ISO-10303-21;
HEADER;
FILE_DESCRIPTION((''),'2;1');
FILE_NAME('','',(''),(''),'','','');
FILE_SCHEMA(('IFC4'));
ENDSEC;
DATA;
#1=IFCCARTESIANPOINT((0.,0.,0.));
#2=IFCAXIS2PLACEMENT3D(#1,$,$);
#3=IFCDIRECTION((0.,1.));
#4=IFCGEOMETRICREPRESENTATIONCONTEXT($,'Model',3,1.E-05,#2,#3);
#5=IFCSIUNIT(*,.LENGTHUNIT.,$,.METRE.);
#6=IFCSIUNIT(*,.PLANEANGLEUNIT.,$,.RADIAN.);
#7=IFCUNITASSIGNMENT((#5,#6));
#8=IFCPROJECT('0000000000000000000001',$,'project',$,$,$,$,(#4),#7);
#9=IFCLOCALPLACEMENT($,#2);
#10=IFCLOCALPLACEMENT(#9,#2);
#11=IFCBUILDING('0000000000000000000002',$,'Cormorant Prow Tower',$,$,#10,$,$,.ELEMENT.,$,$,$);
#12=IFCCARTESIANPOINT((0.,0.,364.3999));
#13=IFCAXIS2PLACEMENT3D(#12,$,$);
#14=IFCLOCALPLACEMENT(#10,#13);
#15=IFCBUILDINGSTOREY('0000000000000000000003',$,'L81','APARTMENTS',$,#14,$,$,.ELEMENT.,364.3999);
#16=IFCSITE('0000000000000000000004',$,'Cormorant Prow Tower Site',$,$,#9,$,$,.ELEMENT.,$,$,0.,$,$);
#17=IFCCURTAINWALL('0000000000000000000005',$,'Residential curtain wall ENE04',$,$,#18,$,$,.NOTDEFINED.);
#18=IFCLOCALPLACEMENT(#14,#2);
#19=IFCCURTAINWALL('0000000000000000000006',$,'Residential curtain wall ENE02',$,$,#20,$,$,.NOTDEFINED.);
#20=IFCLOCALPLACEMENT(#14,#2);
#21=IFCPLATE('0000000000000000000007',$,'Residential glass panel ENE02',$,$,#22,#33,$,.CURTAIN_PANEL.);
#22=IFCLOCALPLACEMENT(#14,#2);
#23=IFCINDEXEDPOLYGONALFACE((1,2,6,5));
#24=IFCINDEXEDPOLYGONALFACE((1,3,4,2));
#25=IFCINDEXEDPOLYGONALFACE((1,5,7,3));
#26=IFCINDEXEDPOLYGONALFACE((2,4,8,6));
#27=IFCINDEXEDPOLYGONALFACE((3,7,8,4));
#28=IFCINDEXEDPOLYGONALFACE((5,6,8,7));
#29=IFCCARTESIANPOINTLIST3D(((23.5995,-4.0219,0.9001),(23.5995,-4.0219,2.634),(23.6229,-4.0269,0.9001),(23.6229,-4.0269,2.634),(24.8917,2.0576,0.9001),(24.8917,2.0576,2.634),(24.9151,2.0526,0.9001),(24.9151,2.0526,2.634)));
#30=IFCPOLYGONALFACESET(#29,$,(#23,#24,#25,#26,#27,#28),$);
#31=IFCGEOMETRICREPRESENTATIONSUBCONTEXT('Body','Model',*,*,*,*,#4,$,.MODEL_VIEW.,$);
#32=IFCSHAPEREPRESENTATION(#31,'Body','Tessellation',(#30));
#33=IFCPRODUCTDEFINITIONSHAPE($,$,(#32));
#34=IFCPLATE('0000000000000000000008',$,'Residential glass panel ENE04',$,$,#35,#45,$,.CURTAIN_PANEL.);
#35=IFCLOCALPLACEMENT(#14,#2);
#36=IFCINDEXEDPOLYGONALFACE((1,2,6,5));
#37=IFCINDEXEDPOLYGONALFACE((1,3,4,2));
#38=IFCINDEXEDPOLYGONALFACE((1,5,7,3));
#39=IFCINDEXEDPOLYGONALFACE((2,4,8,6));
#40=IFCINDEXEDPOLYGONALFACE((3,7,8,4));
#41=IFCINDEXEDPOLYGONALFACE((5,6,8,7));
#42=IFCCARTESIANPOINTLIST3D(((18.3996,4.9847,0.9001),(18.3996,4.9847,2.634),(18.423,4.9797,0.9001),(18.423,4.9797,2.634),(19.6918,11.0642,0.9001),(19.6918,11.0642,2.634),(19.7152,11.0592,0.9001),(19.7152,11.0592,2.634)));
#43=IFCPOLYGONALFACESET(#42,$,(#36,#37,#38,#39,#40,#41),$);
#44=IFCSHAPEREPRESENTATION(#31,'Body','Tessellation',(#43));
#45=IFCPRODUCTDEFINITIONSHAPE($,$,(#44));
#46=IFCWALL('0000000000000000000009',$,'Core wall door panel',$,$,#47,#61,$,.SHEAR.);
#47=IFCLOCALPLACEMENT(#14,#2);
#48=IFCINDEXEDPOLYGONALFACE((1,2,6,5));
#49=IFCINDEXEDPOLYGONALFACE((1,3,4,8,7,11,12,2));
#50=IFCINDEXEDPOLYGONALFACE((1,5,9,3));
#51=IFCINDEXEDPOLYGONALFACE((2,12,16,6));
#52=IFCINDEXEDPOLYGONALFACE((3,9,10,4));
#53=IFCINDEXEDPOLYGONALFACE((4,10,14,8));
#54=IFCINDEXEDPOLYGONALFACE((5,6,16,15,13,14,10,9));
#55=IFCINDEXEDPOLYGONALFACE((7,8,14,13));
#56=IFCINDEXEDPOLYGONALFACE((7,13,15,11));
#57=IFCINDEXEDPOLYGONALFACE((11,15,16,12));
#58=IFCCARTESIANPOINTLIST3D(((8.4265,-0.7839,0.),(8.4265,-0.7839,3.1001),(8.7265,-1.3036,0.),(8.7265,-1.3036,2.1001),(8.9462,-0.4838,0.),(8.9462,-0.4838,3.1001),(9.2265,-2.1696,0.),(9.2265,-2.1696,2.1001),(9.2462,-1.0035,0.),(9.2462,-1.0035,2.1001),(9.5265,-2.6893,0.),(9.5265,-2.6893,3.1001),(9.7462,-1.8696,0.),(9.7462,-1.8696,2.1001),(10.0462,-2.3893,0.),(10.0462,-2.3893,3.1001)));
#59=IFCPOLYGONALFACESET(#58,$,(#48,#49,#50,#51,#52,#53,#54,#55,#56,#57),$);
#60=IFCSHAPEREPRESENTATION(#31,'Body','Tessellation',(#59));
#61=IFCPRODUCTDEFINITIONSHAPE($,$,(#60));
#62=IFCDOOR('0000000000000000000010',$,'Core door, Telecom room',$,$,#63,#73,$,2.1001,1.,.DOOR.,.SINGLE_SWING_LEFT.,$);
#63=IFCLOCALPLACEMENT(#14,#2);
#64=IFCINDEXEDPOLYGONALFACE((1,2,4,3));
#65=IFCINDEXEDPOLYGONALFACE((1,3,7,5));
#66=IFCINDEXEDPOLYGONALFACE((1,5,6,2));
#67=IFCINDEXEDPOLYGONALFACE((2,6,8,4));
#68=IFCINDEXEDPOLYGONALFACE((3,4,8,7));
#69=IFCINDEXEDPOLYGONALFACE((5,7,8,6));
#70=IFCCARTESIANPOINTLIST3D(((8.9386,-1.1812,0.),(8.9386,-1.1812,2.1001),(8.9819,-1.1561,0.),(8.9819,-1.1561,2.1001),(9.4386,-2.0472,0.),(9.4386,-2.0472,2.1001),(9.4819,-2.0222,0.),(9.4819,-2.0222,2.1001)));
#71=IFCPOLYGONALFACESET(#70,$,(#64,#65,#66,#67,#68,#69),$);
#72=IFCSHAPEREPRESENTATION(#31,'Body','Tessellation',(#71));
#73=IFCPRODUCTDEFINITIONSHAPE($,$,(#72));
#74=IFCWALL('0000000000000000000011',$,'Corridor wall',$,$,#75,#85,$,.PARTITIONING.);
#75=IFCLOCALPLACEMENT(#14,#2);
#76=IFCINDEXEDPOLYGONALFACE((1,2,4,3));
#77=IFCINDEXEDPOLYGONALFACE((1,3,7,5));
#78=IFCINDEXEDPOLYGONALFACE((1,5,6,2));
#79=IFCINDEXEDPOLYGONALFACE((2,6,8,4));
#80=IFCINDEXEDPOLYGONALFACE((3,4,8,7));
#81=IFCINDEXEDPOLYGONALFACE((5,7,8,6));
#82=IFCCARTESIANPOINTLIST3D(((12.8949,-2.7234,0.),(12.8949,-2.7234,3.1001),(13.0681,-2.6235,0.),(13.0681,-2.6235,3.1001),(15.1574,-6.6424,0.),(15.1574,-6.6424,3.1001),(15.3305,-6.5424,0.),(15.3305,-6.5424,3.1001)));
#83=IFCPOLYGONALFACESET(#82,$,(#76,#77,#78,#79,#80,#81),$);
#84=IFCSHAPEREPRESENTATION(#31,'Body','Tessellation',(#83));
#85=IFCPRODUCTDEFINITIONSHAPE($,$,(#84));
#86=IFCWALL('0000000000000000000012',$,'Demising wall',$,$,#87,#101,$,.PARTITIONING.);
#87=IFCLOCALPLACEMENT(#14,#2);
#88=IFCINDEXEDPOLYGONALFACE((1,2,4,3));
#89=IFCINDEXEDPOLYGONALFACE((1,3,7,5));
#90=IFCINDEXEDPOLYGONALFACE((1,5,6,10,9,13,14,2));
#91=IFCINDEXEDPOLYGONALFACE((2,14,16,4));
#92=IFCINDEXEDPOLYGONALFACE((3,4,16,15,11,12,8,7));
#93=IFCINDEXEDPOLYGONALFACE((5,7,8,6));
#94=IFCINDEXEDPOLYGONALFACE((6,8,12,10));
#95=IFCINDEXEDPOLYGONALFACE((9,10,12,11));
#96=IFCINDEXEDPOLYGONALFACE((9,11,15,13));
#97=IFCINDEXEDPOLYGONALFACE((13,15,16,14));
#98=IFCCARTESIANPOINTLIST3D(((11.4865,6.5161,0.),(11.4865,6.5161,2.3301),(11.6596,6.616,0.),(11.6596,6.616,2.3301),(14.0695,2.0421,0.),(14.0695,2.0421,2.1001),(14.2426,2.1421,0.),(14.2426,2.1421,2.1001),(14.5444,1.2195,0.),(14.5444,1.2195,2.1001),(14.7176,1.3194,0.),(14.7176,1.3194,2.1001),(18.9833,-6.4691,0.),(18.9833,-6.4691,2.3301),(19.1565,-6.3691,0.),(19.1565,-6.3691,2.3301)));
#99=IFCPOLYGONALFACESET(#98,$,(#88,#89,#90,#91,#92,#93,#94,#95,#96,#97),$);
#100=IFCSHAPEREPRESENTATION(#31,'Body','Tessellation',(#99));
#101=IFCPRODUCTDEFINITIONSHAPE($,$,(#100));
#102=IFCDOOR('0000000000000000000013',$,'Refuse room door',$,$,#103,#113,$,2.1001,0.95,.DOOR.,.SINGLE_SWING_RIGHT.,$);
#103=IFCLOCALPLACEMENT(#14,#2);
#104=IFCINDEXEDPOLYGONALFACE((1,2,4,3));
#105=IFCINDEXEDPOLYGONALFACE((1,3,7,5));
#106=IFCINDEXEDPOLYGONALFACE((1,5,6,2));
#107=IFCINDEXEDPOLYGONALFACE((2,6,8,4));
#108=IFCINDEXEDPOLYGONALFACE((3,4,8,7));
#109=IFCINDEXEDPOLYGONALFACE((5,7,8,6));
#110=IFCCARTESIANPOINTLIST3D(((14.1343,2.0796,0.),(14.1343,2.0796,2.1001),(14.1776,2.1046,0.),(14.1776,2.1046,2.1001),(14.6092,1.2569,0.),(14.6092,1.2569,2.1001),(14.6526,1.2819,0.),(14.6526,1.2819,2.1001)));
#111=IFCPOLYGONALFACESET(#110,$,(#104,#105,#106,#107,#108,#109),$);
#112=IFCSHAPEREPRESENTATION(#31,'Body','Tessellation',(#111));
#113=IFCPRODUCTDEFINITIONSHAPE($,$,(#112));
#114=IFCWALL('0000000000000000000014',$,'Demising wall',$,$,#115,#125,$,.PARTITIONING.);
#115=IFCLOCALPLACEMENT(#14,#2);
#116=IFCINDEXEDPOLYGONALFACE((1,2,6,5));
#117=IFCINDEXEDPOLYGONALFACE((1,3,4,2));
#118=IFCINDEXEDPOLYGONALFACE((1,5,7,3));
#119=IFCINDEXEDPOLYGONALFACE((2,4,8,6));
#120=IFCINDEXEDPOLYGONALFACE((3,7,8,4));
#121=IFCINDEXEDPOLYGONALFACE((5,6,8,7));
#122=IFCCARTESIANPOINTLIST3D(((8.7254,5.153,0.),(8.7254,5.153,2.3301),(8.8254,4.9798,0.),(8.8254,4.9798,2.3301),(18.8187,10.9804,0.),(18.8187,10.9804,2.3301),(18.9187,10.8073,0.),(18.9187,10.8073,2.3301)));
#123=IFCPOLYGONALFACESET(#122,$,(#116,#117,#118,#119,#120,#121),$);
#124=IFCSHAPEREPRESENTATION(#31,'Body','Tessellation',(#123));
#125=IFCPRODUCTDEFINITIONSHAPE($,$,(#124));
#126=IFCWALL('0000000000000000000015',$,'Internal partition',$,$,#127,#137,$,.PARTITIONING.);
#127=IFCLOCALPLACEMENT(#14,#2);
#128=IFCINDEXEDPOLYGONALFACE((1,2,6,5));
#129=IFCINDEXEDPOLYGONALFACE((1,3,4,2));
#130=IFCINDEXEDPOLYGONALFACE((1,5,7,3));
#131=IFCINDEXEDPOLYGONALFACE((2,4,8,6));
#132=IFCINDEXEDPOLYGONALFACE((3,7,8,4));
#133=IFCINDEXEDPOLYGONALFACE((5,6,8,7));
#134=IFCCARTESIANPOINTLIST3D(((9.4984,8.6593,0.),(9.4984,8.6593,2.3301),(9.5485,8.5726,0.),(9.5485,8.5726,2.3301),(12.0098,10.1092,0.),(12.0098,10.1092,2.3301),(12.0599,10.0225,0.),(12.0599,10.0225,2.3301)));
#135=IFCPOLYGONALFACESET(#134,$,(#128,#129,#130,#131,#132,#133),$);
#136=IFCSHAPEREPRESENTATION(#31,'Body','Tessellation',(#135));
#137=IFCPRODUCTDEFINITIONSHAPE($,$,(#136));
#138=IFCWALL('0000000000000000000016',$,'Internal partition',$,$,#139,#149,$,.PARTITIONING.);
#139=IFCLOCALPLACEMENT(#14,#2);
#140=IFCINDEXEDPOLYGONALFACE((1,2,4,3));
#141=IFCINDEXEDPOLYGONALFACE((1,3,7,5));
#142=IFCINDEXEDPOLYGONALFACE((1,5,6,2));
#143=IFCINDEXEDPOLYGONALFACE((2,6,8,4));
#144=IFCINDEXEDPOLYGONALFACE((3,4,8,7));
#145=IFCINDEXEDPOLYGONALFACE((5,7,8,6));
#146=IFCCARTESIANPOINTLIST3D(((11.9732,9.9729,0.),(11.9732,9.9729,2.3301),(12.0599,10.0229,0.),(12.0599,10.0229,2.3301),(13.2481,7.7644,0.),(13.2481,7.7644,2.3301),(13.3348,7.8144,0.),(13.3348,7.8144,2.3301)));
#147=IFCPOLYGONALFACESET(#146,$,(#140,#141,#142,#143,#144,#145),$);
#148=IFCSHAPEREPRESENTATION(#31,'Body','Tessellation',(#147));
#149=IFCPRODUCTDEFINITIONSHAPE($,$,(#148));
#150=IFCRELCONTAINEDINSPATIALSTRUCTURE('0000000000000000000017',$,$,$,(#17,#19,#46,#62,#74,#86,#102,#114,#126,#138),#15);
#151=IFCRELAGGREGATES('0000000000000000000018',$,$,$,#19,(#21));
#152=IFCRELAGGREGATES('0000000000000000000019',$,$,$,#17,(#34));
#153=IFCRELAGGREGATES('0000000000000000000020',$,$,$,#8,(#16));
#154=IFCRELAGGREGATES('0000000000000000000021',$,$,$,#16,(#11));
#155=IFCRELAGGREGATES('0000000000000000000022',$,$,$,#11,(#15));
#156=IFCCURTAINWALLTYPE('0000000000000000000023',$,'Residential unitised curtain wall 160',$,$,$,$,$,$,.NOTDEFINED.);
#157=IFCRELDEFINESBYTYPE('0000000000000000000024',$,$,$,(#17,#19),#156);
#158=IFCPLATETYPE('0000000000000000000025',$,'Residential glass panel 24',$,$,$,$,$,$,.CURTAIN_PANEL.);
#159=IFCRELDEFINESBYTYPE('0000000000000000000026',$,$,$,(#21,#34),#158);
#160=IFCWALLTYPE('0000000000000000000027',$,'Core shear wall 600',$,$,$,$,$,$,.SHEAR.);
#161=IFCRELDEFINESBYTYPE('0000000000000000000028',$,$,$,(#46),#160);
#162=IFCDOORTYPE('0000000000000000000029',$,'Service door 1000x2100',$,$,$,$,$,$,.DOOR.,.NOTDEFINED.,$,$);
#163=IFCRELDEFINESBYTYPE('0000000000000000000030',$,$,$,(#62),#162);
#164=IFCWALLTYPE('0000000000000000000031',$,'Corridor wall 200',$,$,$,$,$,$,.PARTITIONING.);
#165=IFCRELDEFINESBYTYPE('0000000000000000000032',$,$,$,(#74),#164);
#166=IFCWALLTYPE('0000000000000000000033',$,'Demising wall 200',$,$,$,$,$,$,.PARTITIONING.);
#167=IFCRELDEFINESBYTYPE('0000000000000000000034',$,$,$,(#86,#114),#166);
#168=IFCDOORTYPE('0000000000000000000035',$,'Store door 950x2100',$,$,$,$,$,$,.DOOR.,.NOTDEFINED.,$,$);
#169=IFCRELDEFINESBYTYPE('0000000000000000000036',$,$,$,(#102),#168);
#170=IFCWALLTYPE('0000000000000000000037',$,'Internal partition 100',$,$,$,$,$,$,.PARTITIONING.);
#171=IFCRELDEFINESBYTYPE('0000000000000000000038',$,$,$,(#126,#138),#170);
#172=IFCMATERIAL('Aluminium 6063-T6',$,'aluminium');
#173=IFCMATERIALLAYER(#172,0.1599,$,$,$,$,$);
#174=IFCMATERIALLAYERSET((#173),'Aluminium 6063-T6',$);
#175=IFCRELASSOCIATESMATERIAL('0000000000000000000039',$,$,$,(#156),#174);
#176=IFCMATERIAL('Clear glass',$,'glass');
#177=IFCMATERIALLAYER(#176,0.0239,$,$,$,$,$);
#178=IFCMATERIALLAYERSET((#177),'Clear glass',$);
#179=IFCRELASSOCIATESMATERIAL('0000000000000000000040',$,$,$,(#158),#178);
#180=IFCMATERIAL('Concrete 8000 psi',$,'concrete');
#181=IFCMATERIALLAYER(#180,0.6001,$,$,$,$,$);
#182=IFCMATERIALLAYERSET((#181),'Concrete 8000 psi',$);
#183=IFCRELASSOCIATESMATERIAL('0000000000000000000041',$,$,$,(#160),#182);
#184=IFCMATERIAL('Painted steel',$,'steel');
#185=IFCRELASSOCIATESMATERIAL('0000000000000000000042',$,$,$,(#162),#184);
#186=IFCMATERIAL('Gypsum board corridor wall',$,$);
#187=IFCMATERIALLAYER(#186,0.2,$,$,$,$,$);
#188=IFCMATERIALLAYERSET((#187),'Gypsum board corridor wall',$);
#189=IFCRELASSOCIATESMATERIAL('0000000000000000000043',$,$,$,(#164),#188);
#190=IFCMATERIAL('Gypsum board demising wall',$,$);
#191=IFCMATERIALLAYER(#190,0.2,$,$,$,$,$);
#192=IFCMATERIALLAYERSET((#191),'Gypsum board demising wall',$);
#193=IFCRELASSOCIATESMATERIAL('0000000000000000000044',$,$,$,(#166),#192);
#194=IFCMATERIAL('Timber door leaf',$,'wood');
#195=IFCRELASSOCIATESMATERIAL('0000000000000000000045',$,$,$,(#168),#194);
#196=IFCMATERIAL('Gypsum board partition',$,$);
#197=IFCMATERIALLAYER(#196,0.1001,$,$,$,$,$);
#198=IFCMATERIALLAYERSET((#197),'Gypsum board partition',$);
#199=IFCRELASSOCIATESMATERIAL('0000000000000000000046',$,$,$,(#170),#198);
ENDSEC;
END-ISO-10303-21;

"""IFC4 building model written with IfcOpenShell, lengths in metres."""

from ifc_helpers import new_model, si_unit, direction, frame, frame_2d, origin, origin_2d, place, context, subcontext, project, spatial, rectangle, extrude, material, layer, layer_set, type_object, element, fill, aggregate, save


model = new_model("IFC4")

# Units and contexts
model_context = context("Model", 3, precision=1e-05, world=origin(), true_north=direction((0.0, 1.0)))
body_context = subcontext(model_context, "Body", "Model", "MODEL_VIEW")
ifc_project = project(units=[si_unit("LENGTHUNIT", "METRE"), si_unit("PLANEANGLEUNIT", "RADIAN")], contexts=[model_context])

# Site, building, storey
site_placement = place(None, origin())
site = spatial("IfcSite", under=ifc_project, at=site_placement, Name="Cormorant Prow Tower Site", CompositionType="ELEMENT", RefElevation=0.0)
building_placement = place(site_placement, origin())
building = spatial("IfcBuilding", under=site, at=building_placement, Name="Cormorant Prow Tower", CompositionType="ELEMENT")
storey_placement = place(building_placement, frame((0.0, 0.0, 364.3999)))
storey = spatial("IfcBuildingStorey", under=building, at=storey_placement, Name="L81", Description="APARTMENTS", CompositionType="ELEMENT", Elevation=364.3999)

# Curtain wall
ifc_material_1 = material(Name="Aluminium 6063-T6", Category="aluminium")
ifc_layer_1 = layer(ifc_material_1, 0.1599)
ifc_layer_set_1 = layer_set([ifc_layer_1], Name="Aluminium 6063-T6")
curtain_wall_type = type_object("IfcCurtainWallType", Name="Residential unitised curtain wall 160", PredefinedType="NOTDEFINED", material=ifc_layer_set_1)
curtain_wall_1_placement = place(storey_placement, origin())
curtain_wall_1 = element("IfcCurtainWall", 1, at=curtain_wall_1_placement, inside=storey, type_object=curtain_wall_type, Name="Residential curtain wall ENE04", PredefinedType="NOTDEFINED")

# Curtain wall, plate
curtain_wall_2_placement = place(storey_placement, origin())
curtain_wall_2 = element("IfcCurtainWall", 2, at=curtain_wall_2_placement, inside=storey, type_object=curtain_wall_type, Name="Residential curtain wall ENE02", PredefinedType="NOTDEFINED")
ifc_material_2 = material(Name="Clear glass", Category="glass")
ifc_layer_2 = layer(ifc_material_2, 0.0239)
ifc_layer_set_2 = layer_set([ifc_layer_2], Name="Clear glass")
plate_type = type_object("IfcPlateType", Name="Residential glass panel 24", PredefinedType="CURTAIN_PANEL", material=ifc_layer_set_2)
plate_1_placement = place(storey_placement, frame((24.2573, -0.9846, 0.9001), z_axis=(0.0, 0.0, 1.0), x_axis=(0.207912, 0.978148, 0.0)))
plate_1 = element("IfcPlate", 3, at=plate_1_placement, type_object=plate_type, Name="Residential glass panel ENE02", PredefinedType="CURTAIN_PANEL", context=body_context, shape_type="SweptSolid", body=[
    extrude(rectangle(XDim=6.2153, YDim=0.0239, at=origin_2d()), origin(), (0.0, 0.0, 1.0), 1.7339),
])
aggregate(curtain_wall_2, [plate_1])

# Plate
plate_2_placement = place(storey_placement, frame((19.0574, 8.022, 0.9001), z_axis=(0.0, 0.0, 1.0), x_axis=(0.207912, 0.978148, 0.0)))
plate_2 = element("IfcPlate", 4, at=plate_2_placement, type_object=plate_type, Name="Residential glass panel ENE04", PredefinedType="CURTAIN_PANEL", context=body_context, shape_type="SweptSolid", body=[
    extrude(rectangle(XDim=6.2153, YDim=0.0239, at=origin_2d()), origin(), (0.0, 0.0, 1.0), 1.7339),
])
aggregate(curtain_wall_1, [plate_2])

# Wall, opening, door
ifc_material_3 = material(Name="Concrete 8000 psi", Category="concrete")
ifc_layer_3 = layer(ifc_material_3, 0.6001)
ifc_layer_set_3 = layer_set([ifc_layer_3], Name="Concrete 8000 psi")
wall_type_1 = type_object("IfcWallType", Name="Core shear wall 600", PredefinedType="SHEAR", material=ifc_layer_set_3)
wall_1_placement = place(storey_placement, frame((9.7864, -2.5393, 0.0), z_axis=(0.0, 0.0, 1.0), x_axis=(-0.499982, 0.866036, 0.0)))
wall_1 = element("IfcWall", 5, at=wall_1_placement, inside=storey, type_object=wall_type_1, Name="Core wall door panel", PredefinedType="SHEAR", context=body_context, shape_type="SweptSolid", body=[
    extrude(rectangle(XDim=2.2002, YDim=0.6001, at=frame_2d((1.1001, 0.0))), origin(), (0.0, 0.0, 1.0), 3.1001),
])
opening_1_placement = place(wall_1_placement, frame((0.6001, 0.0, 0.0)))
opening_1 = element("IfcOpeningElement", 6, at=opening_1_placement, cuts=wall_1, PredefinedType="OPENING", context=body_context, shape_type="SweptSolid", body=[
    extrude(rectangle(XDim=1.0, YDim=2.1001, at=frame_2d((0.5, 1.05))), frame((0.0, 0.3101, 0.0), z_axis=(0.0, -1.0, 0.0), x_axis=(1.0, 0.0, 0.0)), (0.0, 0.0, 1.0), 0.6201),
])
ifc_material_4 = material(Name="Painted steel", Category="steel")
door_type_1 = type_object("IfcDoorType", Name="Service door 1000x2100", OperationType="NOTDEFINED", PredefinedType="DOOR", material=ifc_material_4)
door_1_placement = place(opening_1_placement, origin())
door_1 = element("IfcDoor", 7, at=door_1_placement, inside=storey, type_object=door_type_1, Name="Core door, Telecom room", OperationType="SINGLE_SWING_LEFT", OverallHeight=2.1001, OverallWidth=1.0, PredefinedType="DOOR", context=body_context, shape_type="SweptSolid", body=[
    extrude(rectangle(XDim=1.0, YDim=2.1001, at=frame_2d((0.5, 1.05))), frame((0.0, 0.0552, 0.0), z_axis=(0.0, -1.0, 0.0), x_axis=(1.0, 0.0, 0.0)), (0.0, 0.0, 1.0), 0.05),
])
fill(opening_1, door_1)

# Wall
ifc_material_5 = material(Name="Gypsum board corridor wall")
ifc_layer_4 = layer(ifc_material_5, 0.2)
ifc_layer_set_4 = layer_set([ifc_layer_4], Name="Gypsum board corridor wall")
wall_type_2 = type_object("IfcWallType", Name="Corridor wall 200", PredefinedType="PARTITIONING", material=ifc_layer_set_4)
wall_2_placement = place(storey_placement, frame((12.9814, -2.6733, 0.0), z_axis=(0.0, 0.0, 1.0), x_axis=(0.499975, -0.86604, 0.0)))
element("IfcWall", 8, at=wall_2_placement, inside=storey, type_object=wall_type_2, Name="Corridor wall", PredefinedType="PARTITIONING", context=body_context, shape_type="SweptSolid", body=[
    extrude(rectangle(XDim=4.5251, YDim=0.2, at=frame_2d((2.2627, 0.0))), origin(), (0.0, 0.0, 1.0), 3.1001),
])

# Wall, opening, door
ifc_material_6 = material(Name="Gypsum board demising wall")
ifc_layer_5 = layer(ifc_material_6, 0.2)
ifc_layer_set_5 = layer_set([ifc_layer_5], Name="Gypsum board demising wall")
wall_type_3 = type_object("IfcWallType", Name="Demising wall 200", PredefinedType="PARTITIONING", material=ifc_layer_set_5)
wall_3_placement = place(storey_placement, frame((11.573, 6.5662, 0.0), z_axis=(0.0, 0.0, 1.0), x_axis=(0.499994, -0.866029, 0.0)))
wall_3 = element("IfcWall", 9, at=wall_3_placement, inside=storey, type_object=wall_type_3, Name="Demising wall", PredefinedType="PARTITIONING", context=body_context, shape_type="SweptSolid", body=[
    extrude(rectangle(XDim=14.9939, YDim=0.2, at=frame_2d((7.4971, 0.0))), origin(), (0.0, 0.0, 1.0), 2.3301),
])
opening_2_placement = place(wall_3_placement, frame((5.166, 0.0, 0.0)))
opening_2 = element("IfcOpeningElement", 10, at=opening_2_placement, cuts=wall_3, PredefinedType="OPENING", context=body_context, shape_type="SweptSolid", body=[
    extrude(rectangle(XDim=0.95, YDim=2.1001, at=frame_2d((0.4751, 1.05))), frame((0.0, 0.1099, 0.0), z_axis=(0.0, -1.0, 0.0), x_axis=(1.0, 0.0, 0.0)), (0.0, 0.0, 1.0), 0.22),
])
ifc_material_7 = material(Name="Timber door leaf", Category="wood")
door_type_2 = type_object("IfcDoorType", Name="Store door 950x2100", OperationType="NOTDEFINED", PredefinedType="DOOR", material=ifc_material_7)
door_2_placement = place(opening_2_placement, origin())
door_2 = element("IfcDoor", 11, at=door_2_placement, inside=storey, type_object=door_type_2, Name="Refuse room door", OperationType="SINGLE_SWING_RIGHT", OverallHeight=2.1001, OverallWidth=0.95, PredefinedType="DOOR", context=body_context, shape_type="SweptSolid", body=[
    extrude(rectangle(XDim=0.95, YDim=2.1001, at=frame_2d((0.4751, 1.05))), frame((0.0, 0.0249, 0.0), z_axis=(0.0, -1.0, 0.0), x_axis=(1.0, 0.0, 0.0)), (0.0, 0.0, 1.0), 0.05),
])
fill(opening_2, door_2)

# Walls
wall_4_placement = place(storey_placement, frame((8.7754, 5.0664, 0.0), z_axis=(0.0, 0.0, 1.0), x_axis=(0.866024, 0.500003, 0.0)))
element("IfcWall", 12, at=wall_4_placement, inside=storey, type_object=wall_type_3, Name="Demising wall", PredefinedType="PARTITIONING", context=body_context, shape_type="SweptSolid", body=[
    extrude(rectangle(XDim=11.6548, YDim=0.2, at=frame_2d((5.8274, 0.0))), origin(), (0.0, 0.0, 1.0), 2.3301),
])
ifc_material_8 = material(Name="Gypsum board partition")
ifc_layer_6 = layer(ifc_material_8, 0.1001)
ifc_layer_set_6 = layer_set([ifc_layer_6], Name="Gypsum board partition")
wall_type_4 = type_object("IfcWallType", Name="Internal partition 100", PredefinedType="PARTITIONING", material=ifc_layer_set_6)
wall_5_placement = place(storey_placement, frame((9.5234, 8.616, 0.0), z_axis=(0.0, 0.0, 1.0), x_axis=(0.866033, 0.499987, 0.0)))
element("IfcWall", 13, at=wall_5_placement, inside=storey, type_object=wall_type_4, Name="Internal partition", PredefinedType="PARTITIONING", context=body_context, shape_type="SweptSolid", body=[
    extrude(rectangle(XDim=2.8999, YDim=0.1001, at=frame_2d((1.45, 0.0))), origin(), (0.0, 0.0, 1.0), 2.3301),
])
wall_6_placement = place(storey_placement, frame((12.0166, 9.9978, 0.0), z_axis=(0.0, 0.0, 1.0), x_axis=(0.499949, -0.866055, 0.0)))
element("IfcWall", 14, at=wall_6_placement, inside=storey, type_object=wall_type_4, Name="Internal partition", PredefinedType="PARTITIONING", context=body_context, shape_type="SweptSolid", body=[
    extrude(rectangle(XDim=2.55, YDim=0.1001, at=frame_2d((1.2749, 0.0))), origin(), (0.0, 0.0, 1.0), 2.3301),
])

save(model, "model.ifc")
